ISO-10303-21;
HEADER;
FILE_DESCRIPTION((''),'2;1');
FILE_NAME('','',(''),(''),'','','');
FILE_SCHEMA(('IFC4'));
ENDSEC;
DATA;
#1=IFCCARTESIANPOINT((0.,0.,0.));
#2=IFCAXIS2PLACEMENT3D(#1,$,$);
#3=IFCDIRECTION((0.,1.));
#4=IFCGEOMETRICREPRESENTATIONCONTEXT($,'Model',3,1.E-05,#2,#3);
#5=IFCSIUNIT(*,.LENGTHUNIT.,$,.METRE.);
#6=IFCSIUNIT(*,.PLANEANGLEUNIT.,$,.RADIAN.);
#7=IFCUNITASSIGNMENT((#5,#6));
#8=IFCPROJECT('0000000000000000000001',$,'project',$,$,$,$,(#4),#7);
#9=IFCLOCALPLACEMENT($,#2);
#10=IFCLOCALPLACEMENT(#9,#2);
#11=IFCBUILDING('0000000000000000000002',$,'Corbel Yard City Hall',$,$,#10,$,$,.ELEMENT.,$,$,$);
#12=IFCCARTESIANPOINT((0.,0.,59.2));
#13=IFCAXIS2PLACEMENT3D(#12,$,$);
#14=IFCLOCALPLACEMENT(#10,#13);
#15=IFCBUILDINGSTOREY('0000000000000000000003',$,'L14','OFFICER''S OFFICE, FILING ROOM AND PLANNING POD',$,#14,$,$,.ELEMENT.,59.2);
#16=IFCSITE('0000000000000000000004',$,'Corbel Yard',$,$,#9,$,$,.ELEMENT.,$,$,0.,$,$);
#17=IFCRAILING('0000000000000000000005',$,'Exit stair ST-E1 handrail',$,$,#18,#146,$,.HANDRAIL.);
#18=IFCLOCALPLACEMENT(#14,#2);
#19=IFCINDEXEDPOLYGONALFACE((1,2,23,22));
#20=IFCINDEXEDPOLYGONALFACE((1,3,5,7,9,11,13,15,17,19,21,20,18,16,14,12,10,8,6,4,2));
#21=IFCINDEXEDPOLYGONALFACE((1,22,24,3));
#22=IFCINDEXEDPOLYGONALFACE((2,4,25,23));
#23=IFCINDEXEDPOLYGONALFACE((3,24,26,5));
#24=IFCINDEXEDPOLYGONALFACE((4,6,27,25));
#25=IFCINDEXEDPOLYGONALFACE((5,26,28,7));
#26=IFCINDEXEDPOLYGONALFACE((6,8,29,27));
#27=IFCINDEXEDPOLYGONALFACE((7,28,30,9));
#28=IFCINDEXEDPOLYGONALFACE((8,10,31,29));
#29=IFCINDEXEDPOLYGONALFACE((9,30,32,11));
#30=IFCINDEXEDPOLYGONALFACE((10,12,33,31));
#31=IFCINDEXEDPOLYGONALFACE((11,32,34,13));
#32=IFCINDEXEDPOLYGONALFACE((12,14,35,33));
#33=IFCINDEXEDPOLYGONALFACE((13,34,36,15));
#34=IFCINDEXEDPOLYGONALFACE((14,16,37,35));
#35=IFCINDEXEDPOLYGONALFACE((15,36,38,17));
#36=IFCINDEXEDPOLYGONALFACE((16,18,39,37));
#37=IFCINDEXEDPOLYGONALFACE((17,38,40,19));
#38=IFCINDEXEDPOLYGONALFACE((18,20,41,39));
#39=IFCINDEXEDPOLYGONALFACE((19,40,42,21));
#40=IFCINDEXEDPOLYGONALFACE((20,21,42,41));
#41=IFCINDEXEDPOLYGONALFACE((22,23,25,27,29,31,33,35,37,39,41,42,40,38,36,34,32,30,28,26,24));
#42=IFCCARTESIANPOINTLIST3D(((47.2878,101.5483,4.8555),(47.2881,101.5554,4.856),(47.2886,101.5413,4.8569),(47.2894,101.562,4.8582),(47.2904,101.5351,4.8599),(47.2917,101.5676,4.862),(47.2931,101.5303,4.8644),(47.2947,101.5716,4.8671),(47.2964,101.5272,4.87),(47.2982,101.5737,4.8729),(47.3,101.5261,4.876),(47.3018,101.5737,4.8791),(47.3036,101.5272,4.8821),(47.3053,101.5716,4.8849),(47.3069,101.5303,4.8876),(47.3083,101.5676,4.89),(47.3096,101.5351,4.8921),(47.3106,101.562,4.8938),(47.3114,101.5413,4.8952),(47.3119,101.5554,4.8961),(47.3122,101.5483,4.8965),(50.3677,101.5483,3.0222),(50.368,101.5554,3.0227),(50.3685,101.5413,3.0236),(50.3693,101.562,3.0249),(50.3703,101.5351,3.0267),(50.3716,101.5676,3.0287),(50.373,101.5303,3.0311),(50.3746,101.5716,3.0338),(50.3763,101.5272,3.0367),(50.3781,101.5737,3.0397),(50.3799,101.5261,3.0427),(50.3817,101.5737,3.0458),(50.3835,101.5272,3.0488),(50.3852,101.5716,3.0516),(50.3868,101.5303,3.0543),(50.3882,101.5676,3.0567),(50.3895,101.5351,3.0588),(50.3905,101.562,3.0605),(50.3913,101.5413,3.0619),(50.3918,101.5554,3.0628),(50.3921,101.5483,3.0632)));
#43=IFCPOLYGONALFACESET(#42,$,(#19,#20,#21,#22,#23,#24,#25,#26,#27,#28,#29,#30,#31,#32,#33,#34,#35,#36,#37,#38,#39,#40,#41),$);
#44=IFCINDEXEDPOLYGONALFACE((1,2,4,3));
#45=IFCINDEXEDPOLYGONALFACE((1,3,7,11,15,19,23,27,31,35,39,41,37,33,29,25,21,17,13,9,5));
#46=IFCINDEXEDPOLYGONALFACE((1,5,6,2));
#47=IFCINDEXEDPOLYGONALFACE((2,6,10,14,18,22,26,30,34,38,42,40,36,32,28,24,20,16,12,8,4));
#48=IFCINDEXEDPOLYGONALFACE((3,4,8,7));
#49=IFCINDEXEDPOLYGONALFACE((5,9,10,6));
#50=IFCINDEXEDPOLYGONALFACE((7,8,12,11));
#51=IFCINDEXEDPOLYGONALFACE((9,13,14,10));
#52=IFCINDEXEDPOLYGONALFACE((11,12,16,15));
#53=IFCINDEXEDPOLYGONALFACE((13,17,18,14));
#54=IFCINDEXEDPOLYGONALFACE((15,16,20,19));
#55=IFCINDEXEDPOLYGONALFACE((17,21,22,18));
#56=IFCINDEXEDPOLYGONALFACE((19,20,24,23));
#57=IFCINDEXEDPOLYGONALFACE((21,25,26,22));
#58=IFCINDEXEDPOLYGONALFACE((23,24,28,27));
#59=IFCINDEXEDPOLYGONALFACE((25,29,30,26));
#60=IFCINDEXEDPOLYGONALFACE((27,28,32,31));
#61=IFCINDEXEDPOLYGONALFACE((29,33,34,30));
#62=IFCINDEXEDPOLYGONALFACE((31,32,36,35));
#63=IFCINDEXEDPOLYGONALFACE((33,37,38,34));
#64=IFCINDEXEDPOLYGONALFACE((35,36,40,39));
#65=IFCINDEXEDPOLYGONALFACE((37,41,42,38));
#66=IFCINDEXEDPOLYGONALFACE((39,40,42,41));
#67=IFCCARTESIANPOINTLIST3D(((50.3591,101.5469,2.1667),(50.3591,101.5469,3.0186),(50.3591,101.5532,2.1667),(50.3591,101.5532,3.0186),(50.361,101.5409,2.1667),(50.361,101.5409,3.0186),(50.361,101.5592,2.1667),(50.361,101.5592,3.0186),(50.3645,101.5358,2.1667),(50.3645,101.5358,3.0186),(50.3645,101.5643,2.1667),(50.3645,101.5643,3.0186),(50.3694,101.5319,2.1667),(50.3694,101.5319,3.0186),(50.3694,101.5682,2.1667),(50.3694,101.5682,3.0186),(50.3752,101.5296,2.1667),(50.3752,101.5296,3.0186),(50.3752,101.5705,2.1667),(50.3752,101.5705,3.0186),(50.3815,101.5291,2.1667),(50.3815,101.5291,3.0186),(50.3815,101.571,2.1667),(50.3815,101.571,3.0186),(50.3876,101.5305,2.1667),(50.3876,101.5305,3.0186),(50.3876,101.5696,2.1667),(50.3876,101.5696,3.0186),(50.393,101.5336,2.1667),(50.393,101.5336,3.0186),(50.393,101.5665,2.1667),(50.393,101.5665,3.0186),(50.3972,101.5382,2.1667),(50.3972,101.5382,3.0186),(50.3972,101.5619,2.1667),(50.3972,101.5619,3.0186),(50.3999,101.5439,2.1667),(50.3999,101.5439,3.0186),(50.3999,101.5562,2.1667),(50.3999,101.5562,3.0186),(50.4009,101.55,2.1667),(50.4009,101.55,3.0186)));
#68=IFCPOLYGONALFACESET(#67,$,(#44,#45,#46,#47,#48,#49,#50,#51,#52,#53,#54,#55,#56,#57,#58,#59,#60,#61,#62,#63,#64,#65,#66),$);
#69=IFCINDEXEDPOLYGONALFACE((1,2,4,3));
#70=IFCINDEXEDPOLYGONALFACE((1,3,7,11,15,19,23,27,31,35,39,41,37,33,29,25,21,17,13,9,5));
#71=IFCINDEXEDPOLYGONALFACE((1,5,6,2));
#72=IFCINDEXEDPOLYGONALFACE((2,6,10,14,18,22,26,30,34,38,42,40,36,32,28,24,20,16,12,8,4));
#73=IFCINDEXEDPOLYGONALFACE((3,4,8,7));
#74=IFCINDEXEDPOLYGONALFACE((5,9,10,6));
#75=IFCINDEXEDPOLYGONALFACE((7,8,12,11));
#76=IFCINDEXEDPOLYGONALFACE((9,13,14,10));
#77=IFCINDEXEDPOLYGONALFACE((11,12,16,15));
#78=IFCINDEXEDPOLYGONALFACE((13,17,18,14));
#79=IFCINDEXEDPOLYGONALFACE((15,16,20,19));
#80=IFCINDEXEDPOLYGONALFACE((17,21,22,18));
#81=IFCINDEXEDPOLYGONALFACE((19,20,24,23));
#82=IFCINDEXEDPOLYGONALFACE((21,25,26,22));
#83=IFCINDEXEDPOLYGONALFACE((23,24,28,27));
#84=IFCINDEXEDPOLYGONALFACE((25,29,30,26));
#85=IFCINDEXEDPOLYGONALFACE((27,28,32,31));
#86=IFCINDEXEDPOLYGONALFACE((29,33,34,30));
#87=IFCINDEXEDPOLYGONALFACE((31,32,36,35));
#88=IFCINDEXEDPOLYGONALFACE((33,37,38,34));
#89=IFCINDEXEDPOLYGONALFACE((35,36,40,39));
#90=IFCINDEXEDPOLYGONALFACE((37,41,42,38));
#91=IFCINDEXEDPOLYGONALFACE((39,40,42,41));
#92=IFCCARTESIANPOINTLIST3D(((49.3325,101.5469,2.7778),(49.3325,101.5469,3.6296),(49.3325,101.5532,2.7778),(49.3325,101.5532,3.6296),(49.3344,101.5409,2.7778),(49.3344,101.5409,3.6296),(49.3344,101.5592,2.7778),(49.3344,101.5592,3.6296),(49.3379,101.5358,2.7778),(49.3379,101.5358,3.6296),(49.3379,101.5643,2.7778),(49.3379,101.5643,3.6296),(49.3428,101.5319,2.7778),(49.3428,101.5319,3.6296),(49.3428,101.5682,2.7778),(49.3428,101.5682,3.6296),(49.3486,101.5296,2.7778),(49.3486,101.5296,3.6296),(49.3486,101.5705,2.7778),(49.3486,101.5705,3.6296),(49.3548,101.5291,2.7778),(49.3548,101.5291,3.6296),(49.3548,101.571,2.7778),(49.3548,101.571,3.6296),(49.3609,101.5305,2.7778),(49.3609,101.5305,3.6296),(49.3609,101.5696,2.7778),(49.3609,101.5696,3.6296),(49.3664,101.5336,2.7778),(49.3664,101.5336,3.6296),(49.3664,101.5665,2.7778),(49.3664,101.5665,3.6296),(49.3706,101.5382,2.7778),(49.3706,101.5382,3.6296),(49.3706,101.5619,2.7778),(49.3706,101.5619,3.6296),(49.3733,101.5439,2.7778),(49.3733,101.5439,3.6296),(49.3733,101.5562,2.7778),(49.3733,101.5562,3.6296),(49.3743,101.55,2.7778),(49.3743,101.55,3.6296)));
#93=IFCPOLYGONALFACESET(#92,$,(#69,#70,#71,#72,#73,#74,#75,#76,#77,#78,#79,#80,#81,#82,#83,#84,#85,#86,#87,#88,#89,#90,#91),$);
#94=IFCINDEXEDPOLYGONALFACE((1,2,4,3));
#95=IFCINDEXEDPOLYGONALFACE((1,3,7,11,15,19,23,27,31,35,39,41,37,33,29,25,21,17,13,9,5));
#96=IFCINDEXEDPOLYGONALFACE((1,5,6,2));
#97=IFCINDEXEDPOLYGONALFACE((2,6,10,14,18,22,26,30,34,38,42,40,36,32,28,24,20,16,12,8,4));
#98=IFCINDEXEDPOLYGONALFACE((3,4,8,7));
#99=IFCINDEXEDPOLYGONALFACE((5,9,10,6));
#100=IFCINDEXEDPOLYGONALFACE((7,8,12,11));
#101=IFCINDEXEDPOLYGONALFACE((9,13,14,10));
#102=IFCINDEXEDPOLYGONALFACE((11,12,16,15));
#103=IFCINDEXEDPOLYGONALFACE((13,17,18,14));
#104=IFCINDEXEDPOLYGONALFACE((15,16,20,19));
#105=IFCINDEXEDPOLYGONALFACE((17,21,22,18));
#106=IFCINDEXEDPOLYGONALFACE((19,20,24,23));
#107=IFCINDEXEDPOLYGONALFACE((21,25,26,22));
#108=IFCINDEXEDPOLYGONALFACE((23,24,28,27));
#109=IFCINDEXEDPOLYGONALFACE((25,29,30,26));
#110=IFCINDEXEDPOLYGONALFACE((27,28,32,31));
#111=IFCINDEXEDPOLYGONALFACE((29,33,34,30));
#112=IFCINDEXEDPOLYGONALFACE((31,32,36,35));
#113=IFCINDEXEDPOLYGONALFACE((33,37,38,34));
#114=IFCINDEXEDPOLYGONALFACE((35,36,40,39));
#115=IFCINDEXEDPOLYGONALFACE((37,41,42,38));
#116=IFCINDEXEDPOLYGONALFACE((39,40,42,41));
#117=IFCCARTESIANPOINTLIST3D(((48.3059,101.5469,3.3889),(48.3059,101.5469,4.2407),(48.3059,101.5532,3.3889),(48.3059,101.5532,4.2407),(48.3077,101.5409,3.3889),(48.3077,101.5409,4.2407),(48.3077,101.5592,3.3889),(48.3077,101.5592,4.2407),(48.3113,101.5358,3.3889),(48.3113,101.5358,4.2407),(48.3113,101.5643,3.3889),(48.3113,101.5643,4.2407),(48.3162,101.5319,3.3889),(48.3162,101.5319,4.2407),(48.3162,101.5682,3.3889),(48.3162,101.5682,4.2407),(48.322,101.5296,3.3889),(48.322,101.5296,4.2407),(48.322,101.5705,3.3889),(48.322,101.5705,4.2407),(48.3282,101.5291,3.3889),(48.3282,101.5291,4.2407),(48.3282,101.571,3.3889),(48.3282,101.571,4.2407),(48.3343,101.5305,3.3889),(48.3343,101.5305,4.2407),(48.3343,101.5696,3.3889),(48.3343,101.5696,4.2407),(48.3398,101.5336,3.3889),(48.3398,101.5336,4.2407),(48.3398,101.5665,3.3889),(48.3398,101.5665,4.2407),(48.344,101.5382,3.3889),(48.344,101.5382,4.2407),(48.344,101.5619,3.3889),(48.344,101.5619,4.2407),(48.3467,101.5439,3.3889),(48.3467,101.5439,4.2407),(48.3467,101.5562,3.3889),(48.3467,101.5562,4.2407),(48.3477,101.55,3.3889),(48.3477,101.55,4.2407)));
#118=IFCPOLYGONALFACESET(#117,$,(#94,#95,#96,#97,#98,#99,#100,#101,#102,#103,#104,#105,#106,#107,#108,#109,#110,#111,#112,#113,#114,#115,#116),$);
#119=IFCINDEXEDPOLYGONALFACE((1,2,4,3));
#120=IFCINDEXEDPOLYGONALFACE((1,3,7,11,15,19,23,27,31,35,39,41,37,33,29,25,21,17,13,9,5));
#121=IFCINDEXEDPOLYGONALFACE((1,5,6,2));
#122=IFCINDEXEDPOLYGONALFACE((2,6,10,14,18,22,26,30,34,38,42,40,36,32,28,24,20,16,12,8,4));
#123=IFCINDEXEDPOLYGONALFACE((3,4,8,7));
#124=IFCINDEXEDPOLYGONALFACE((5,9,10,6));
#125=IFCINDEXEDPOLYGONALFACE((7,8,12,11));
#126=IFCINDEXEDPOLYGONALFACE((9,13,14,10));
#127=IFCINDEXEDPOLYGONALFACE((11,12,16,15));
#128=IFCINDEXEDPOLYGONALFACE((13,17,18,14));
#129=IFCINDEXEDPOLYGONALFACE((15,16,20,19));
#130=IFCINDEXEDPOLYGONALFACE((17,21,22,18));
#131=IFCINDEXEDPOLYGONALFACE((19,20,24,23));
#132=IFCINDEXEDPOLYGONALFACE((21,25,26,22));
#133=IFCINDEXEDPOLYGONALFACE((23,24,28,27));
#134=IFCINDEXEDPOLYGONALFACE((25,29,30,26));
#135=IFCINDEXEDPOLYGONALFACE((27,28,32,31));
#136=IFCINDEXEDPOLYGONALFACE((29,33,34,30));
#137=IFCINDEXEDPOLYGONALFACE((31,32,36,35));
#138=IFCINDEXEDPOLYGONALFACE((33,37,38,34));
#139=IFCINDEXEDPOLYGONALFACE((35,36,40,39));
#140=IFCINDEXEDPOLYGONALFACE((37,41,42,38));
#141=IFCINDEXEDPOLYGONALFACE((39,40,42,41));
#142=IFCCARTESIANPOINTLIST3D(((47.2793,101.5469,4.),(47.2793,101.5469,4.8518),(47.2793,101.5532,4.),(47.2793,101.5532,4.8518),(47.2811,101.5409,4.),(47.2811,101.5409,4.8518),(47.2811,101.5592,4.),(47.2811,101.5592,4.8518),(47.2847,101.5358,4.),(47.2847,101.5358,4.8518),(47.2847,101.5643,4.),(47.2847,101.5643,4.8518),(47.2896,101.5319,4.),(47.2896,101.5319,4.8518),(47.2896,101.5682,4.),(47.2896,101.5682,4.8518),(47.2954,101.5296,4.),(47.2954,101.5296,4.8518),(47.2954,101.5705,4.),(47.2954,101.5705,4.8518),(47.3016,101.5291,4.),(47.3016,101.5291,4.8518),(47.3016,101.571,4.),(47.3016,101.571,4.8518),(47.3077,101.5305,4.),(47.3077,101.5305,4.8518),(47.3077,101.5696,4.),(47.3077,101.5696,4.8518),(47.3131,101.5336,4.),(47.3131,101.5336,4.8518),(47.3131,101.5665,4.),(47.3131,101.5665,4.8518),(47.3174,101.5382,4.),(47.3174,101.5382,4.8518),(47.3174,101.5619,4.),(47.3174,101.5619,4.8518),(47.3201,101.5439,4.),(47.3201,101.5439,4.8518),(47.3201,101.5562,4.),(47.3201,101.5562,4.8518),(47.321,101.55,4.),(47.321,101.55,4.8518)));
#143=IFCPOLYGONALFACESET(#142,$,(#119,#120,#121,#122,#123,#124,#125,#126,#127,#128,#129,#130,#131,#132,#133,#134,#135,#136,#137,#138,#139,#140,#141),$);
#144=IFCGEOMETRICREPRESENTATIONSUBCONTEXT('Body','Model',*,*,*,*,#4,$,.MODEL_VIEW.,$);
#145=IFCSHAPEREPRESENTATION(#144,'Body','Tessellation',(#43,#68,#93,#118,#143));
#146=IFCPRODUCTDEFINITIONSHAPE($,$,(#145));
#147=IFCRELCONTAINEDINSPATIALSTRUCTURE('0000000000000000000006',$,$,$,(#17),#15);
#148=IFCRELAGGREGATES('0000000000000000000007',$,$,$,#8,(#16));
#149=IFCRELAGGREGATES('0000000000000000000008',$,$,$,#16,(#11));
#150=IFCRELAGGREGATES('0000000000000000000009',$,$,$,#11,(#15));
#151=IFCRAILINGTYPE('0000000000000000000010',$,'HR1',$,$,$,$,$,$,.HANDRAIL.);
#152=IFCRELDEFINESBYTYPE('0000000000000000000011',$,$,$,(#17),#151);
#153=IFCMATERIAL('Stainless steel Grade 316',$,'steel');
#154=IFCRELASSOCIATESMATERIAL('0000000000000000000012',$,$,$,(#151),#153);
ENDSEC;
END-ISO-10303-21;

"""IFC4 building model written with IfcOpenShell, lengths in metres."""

from ifc_helpers import new_model, si_unit, direction, frame, origin, origin_2d, place, context, subcontext, project, spatial, circle, extrude, material, type_object, element, save


model = new_model("IFC4")

# Units and contexts
model_context = context("Model", 3, precision=1e-05, world=origin(), true_north=direction((0.0, 1.0)))
body_context = subcontext(model_context, "Body", "Model", "MODEL_VIEW")
ifc_project = project(units=[si_unit("LENGTHUNIT", "METRE"), si_unit("PLANEANGLEUNIT", "RADIAN")], contexts=[model_context])

# Site, building, storey
site_placement = place(None, origin())
site = spatial("IfcSite", under=ifc_project, at=site_placement, Name="Corbel Yard", CompositionType="ELEMENT", RefElevation=0.0)
building_placement = place(site_placement, origin())
building = spatial("IfcBuilding", under=site, at=building_placement, Name="Corbel Yard City Hall", CompositionType="ELEMENT")
storey_placement = place(building_placement, frame((0.0, 0.0, 59.2)))
storey = spatial("IfcBuildingStorey", under=building, at=storey_placement, Name="L14", Description="OFFICER'S OFFICE, FILING ROOM AND PLANNING POD", CompositionType="ELEMENT", Elevation=59.2)

# Railing
ifc_material_1 = material(Name="Stainless steel Grade 316", Category="steel")
railing_type = type_object("IfcRailingType", Name="HR1", PredefinedType="HANDRAIL", material=ifc_material_1)
for number, where, name in (
    (1, (50.3799, 101.55, 2.1667), "Exit stair ST-E1 handrail"),
):
    element("IfcRailing", number, at=place(storey_placement, frame(where)), inside=storey, type_object=railing_type, Name=name, PredefinedType="HANDRAIL", context=body_context, shape_type="SweptSolid", body=[
        extrude(circle(Radius=0.0239, at=origin_2d()), frame((0.0, 0.0, 0.876), z_axis=(-0.859291, 0.0, 0.511487), x_axis=(0.0, -1.0, 0.0)), (0.0, 0.0, 1.0), 3.5842),
        extrude(circle(Radius=0.021, at=origin_2d()), origin(), (0.0, 0.0, 1.0), 0.8518),
        extrude(circle(Radius=0.021, at=origin_2d()), frame((-1.0266, 0.0, 0.6111)), (0.0, 0.0, 1.0), 0.8518),
        extrude(circle(Radius=0.021, at=origin_2d()), frame((-2.0532, 0.0, 1.2222)), (0.0, 0.0, 1.0), 0.8518),
        extrude(circle(Radius=0.021, at=origin_2d()), frame((-3.0798, 0.0, 1.8333)), (0.0, 0.0, 1.0), 0.8518),
    ])

save(model, "model.ifc")
